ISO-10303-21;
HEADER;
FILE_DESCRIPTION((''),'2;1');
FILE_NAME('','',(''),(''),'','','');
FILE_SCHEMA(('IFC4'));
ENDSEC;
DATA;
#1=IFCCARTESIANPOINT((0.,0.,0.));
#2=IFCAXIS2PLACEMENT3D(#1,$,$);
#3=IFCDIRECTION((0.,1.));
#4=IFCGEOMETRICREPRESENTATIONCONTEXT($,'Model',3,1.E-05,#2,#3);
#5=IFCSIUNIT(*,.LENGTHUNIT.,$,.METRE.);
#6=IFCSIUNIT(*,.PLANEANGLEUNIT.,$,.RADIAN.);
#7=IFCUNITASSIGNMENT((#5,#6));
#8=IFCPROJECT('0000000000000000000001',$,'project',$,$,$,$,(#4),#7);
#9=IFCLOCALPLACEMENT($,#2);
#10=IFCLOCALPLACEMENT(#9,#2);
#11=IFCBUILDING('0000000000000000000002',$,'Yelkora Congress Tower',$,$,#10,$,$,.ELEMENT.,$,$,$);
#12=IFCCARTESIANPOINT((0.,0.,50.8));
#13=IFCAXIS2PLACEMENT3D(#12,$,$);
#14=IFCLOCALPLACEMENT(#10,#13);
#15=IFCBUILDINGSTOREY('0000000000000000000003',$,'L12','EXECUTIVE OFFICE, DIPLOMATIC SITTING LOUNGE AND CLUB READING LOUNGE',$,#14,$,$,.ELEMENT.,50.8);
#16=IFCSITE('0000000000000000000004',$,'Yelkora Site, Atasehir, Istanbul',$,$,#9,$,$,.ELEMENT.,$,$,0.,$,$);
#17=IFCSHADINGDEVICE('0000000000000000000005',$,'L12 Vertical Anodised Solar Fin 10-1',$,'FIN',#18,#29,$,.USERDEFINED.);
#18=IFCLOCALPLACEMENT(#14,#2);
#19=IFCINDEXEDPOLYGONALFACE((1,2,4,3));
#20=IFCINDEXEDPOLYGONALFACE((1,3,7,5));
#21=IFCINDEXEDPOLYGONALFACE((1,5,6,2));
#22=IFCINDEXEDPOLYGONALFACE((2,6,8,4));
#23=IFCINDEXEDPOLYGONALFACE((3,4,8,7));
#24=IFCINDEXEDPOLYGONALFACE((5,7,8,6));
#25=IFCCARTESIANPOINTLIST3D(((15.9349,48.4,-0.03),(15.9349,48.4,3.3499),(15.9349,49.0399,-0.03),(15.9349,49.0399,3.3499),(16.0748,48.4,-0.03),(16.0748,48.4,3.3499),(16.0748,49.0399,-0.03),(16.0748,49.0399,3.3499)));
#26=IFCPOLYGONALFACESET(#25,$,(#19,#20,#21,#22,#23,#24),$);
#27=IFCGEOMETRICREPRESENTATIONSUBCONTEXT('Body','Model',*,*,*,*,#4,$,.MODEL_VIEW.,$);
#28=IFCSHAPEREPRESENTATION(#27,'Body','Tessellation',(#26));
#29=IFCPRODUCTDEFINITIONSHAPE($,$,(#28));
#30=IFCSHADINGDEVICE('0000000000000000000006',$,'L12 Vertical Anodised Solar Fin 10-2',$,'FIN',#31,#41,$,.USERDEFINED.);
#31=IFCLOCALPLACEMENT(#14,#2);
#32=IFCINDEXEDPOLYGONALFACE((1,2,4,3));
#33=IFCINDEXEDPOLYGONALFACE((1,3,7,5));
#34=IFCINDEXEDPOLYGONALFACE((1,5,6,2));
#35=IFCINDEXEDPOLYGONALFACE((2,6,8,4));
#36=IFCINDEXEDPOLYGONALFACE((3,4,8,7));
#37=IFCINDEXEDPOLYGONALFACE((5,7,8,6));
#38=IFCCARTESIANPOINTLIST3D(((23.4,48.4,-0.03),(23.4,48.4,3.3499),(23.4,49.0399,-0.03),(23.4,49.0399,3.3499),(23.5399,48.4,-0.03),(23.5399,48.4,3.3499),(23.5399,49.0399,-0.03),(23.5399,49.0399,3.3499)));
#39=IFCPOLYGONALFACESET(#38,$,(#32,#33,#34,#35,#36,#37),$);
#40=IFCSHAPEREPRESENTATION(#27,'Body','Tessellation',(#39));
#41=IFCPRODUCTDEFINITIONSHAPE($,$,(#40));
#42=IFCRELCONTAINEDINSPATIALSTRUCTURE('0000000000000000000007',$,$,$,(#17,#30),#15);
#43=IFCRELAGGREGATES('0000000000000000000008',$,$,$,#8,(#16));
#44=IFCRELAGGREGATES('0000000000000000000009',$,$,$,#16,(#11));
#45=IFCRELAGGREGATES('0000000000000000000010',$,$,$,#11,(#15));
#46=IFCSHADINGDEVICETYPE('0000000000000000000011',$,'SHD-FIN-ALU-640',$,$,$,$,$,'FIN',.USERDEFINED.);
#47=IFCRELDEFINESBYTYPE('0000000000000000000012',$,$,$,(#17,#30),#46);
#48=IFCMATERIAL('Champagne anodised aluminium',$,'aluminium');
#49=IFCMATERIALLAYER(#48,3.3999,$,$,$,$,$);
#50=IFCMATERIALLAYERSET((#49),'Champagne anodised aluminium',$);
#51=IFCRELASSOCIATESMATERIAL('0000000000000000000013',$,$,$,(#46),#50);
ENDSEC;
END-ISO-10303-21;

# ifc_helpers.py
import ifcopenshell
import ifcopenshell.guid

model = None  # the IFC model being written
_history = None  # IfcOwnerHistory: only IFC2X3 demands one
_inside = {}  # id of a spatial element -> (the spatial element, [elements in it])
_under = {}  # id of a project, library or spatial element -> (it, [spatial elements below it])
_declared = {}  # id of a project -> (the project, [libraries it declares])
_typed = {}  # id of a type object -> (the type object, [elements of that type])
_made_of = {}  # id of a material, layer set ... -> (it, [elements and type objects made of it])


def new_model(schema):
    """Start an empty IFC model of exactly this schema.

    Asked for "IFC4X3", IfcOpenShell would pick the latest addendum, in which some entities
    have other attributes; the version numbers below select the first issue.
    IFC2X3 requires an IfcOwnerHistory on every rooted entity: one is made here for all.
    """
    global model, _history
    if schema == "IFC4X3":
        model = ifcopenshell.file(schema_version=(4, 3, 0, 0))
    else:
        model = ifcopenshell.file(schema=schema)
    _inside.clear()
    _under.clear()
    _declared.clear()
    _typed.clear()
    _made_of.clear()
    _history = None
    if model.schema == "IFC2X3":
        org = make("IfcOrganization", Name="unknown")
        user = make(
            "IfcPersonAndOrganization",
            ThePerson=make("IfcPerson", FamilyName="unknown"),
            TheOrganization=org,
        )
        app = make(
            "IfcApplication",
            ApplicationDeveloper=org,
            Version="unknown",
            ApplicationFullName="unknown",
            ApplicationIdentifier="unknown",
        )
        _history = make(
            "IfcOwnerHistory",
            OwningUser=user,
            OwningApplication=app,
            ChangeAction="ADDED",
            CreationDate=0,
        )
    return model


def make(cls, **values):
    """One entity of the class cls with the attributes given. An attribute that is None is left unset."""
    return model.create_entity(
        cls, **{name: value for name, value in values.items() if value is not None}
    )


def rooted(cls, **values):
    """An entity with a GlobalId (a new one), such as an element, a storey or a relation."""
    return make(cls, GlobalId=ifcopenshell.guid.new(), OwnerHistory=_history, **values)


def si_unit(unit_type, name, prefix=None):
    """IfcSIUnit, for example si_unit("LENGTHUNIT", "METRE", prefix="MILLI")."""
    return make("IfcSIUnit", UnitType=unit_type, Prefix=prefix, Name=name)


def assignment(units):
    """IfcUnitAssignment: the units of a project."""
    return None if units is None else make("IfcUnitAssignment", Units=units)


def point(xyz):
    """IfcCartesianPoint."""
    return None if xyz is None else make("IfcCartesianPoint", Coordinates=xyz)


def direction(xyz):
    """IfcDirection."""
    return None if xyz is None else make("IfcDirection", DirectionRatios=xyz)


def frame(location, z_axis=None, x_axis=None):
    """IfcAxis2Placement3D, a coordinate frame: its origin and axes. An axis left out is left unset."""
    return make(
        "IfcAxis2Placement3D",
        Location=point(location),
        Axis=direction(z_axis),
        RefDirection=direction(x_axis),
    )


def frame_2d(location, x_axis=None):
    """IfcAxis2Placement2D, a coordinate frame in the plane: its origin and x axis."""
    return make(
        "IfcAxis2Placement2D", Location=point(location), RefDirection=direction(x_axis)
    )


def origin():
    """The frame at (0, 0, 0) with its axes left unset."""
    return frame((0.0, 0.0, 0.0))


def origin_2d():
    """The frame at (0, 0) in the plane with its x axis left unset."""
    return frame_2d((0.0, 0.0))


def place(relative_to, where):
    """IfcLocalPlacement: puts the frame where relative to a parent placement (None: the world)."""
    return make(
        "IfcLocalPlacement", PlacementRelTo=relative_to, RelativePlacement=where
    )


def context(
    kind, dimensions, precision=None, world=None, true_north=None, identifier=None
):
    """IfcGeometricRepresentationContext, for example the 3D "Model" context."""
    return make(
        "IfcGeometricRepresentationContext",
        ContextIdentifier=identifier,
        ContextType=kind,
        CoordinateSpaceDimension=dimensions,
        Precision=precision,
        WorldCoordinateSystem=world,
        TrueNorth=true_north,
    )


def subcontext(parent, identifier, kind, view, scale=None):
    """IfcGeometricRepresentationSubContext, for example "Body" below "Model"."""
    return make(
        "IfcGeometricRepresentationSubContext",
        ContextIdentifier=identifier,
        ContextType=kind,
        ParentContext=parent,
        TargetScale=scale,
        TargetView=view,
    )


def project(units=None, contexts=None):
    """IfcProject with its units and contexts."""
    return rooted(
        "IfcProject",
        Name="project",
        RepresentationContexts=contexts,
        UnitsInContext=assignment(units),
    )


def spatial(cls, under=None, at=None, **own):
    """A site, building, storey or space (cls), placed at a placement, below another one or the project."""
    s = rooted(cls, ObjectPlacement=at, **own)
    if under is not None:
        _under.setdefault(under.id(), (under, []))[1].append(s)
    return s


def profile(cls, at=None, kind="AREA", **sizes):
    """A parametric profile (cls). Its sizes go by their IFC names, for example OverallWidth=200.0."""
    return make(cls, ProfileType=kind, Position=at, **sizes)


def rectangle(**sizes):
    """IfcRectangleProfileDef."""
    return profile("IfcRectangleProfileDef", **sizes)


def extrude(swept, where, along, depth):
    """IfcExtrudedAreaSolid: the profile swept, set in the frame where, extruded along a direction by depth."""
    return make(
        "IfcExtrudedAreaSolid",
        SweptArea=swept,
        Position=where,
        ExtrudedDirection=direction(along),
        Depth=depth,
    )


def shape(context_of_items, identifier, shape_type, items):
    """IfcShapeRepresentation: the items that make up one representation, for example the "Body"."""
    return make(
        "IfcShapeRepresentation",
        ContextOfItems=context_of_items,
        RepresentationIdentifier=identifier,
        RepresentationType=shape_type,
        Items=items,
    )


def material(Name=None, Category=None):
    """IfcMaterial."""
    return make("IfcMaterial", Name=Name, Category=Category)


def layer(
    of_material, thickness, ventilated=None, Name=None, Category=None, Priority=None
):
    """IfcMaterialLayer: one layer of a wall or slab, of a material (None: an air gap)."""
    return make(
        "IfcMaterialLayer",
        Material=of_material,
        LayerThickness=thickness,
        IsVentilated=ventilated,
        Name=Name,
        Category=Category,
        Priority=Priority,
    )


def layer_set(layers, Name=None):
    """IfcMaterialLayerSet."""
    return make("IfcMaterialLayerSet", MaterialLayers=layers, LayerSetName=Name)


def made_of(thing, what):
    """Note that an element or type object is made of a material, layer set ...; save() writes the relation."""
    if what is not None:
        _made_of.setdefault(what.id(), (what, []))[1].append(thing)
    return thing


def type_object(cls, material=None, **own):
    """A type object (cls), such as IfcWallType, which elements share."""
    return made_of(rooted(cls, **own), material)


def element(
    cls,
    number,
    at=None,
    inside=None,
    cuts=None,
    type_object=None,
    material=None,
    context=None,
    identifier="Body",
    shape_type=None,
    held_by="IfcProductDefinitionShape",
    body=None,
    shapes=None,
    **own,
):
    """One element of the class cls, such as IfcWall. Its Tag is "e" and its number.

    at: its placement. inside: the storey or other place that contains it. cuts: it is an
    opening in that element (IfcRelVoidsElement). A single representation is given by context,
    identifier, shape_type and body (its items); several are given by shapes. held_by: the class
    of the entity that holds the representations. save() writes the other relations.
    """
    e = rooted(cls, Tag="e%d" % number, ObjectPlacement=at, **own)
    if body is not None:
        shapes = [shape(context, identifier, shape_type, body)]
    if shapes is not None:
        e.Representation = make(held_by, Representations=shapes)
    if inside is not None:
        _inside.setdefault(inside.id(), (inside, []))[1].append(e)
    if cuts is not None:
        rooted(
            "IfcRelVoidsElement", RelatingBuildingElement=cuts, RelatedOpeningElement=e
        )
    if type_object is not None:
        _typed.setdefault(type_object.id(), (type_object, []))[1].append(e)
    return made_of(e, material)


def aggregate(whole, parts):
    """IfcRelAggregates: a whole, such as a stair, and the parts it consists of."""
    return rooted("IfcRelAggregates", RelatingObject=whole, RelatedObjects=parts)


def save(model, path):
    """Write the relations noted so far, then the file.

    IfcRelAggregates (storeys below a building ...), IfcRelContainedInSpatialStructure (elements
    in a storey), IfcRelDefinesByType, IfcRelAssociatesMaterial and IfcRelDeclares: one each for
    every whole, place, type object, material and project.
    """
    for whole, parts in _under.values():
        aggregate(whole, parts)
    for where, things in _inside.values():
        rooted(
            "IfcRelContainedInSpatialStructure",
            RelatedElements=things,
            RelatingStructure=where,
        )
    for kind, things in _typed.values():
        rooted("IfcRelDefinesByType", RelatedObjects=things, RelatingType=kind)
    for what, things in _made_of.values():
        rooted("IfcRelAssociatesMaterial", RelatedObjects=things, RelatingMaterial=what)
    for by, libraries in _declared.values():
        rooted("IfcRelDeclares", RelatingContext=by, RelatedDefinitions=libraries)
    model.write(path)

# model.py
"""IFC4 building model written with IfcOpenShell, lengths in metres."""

from ifc_helpers import new_model, si_unit, direction, frame, origin, origin_2d, place, context, subcontext, project, spatial, rectangle, extrude, material, layer, layer_set, type_object, element, save


model = new_model("IFC4")

# Units and contexts
model_context = context("Model", 3, precision=1e-05, world=origin(), true_north=direction((0.0, 1.0)))
body_context = subcontext(model_context, "Body", "Model", "MODEL_VIEW")
ifc_project = project(units=[si_unit("LENGTHUNIT", "METRE"), si_unit("PLANEANGLEUNIT", "RADIAN")], contexts=[model_context])

# Site, building, storey
site_placement = place(None, origin())
site = spatial("IfcSite", under=ifc_project, at=site_placement, Name="Yelkora Site, Atasehir, Istanbul", CompositionType="ELEMENT", RefElevation=0.0)
building_placement = place(site_placement, origin())
building = spatial("IfcBuilding", under=site, at=building_placement, Name="Yelkora Congress Tower", CompositionType="ELEMENT")
storey_placement = place(building_placement, frame((0.0, 0.0, 50.8)))
storey = spatial("IfcBuildingStorey", under=building, at=storey_placement, Name="L12", Description="EXECUTIVE OFFICE, DIPLOMATIC SITTING LOUNGE AND CLUB READING LOUNGE", CompositionType="ELEMENT", Elevation=50.8)

# Shading devices
ifc_material_1 = material(Name="Champagne anodised aluminium", Category="aluminium")
ifc_layer_1 = layer(ifc_material_1, 3.3999)
ifc_layer_set_1 = layer_set([ifc_layer_1], Name="Champagne anodised aluminium")
shading_device_type = type_object("IfcShadingDeviceType", Name="SHD-FIN-ALU-640", ElementType="FIN", PredefinedType="USERDEFINED", material=ifc_layer_set_1)
for number, where, z_axis, x_axis, name in (
    (1, (16.0049, 48.72, -0.03), (0.0, 0.0, 1.0), (1.0, 0.0, 0.0), "L12 Vertical Anodised Solar Fin 10-1"),
    (2, (23.47, 48.72, -0.03), (0.0, 0.0, 1.0), (1.0, 0.0, 0.0), "L12 Vertical Anodised Solar Fin 10-2"),
):
    element("IfcShadingDevice", number, at=place(storey_placement, frame(where, z_axis=z_axis, x_axis=x_axis)), inside=storey, type_object=shading_device_type, Name=name, ObjectType="FIN", PredefinedType="USERDEFINED", context=body_context, shape_type="SweptSolid", body=[
        extrude(rectangle(XDim=0.1399, YDim=0.6399, at=origin_2d()), origin(), (0.0, 0.0, 1.0), 3.3799),
    ])

save(model, "model.ifc")
